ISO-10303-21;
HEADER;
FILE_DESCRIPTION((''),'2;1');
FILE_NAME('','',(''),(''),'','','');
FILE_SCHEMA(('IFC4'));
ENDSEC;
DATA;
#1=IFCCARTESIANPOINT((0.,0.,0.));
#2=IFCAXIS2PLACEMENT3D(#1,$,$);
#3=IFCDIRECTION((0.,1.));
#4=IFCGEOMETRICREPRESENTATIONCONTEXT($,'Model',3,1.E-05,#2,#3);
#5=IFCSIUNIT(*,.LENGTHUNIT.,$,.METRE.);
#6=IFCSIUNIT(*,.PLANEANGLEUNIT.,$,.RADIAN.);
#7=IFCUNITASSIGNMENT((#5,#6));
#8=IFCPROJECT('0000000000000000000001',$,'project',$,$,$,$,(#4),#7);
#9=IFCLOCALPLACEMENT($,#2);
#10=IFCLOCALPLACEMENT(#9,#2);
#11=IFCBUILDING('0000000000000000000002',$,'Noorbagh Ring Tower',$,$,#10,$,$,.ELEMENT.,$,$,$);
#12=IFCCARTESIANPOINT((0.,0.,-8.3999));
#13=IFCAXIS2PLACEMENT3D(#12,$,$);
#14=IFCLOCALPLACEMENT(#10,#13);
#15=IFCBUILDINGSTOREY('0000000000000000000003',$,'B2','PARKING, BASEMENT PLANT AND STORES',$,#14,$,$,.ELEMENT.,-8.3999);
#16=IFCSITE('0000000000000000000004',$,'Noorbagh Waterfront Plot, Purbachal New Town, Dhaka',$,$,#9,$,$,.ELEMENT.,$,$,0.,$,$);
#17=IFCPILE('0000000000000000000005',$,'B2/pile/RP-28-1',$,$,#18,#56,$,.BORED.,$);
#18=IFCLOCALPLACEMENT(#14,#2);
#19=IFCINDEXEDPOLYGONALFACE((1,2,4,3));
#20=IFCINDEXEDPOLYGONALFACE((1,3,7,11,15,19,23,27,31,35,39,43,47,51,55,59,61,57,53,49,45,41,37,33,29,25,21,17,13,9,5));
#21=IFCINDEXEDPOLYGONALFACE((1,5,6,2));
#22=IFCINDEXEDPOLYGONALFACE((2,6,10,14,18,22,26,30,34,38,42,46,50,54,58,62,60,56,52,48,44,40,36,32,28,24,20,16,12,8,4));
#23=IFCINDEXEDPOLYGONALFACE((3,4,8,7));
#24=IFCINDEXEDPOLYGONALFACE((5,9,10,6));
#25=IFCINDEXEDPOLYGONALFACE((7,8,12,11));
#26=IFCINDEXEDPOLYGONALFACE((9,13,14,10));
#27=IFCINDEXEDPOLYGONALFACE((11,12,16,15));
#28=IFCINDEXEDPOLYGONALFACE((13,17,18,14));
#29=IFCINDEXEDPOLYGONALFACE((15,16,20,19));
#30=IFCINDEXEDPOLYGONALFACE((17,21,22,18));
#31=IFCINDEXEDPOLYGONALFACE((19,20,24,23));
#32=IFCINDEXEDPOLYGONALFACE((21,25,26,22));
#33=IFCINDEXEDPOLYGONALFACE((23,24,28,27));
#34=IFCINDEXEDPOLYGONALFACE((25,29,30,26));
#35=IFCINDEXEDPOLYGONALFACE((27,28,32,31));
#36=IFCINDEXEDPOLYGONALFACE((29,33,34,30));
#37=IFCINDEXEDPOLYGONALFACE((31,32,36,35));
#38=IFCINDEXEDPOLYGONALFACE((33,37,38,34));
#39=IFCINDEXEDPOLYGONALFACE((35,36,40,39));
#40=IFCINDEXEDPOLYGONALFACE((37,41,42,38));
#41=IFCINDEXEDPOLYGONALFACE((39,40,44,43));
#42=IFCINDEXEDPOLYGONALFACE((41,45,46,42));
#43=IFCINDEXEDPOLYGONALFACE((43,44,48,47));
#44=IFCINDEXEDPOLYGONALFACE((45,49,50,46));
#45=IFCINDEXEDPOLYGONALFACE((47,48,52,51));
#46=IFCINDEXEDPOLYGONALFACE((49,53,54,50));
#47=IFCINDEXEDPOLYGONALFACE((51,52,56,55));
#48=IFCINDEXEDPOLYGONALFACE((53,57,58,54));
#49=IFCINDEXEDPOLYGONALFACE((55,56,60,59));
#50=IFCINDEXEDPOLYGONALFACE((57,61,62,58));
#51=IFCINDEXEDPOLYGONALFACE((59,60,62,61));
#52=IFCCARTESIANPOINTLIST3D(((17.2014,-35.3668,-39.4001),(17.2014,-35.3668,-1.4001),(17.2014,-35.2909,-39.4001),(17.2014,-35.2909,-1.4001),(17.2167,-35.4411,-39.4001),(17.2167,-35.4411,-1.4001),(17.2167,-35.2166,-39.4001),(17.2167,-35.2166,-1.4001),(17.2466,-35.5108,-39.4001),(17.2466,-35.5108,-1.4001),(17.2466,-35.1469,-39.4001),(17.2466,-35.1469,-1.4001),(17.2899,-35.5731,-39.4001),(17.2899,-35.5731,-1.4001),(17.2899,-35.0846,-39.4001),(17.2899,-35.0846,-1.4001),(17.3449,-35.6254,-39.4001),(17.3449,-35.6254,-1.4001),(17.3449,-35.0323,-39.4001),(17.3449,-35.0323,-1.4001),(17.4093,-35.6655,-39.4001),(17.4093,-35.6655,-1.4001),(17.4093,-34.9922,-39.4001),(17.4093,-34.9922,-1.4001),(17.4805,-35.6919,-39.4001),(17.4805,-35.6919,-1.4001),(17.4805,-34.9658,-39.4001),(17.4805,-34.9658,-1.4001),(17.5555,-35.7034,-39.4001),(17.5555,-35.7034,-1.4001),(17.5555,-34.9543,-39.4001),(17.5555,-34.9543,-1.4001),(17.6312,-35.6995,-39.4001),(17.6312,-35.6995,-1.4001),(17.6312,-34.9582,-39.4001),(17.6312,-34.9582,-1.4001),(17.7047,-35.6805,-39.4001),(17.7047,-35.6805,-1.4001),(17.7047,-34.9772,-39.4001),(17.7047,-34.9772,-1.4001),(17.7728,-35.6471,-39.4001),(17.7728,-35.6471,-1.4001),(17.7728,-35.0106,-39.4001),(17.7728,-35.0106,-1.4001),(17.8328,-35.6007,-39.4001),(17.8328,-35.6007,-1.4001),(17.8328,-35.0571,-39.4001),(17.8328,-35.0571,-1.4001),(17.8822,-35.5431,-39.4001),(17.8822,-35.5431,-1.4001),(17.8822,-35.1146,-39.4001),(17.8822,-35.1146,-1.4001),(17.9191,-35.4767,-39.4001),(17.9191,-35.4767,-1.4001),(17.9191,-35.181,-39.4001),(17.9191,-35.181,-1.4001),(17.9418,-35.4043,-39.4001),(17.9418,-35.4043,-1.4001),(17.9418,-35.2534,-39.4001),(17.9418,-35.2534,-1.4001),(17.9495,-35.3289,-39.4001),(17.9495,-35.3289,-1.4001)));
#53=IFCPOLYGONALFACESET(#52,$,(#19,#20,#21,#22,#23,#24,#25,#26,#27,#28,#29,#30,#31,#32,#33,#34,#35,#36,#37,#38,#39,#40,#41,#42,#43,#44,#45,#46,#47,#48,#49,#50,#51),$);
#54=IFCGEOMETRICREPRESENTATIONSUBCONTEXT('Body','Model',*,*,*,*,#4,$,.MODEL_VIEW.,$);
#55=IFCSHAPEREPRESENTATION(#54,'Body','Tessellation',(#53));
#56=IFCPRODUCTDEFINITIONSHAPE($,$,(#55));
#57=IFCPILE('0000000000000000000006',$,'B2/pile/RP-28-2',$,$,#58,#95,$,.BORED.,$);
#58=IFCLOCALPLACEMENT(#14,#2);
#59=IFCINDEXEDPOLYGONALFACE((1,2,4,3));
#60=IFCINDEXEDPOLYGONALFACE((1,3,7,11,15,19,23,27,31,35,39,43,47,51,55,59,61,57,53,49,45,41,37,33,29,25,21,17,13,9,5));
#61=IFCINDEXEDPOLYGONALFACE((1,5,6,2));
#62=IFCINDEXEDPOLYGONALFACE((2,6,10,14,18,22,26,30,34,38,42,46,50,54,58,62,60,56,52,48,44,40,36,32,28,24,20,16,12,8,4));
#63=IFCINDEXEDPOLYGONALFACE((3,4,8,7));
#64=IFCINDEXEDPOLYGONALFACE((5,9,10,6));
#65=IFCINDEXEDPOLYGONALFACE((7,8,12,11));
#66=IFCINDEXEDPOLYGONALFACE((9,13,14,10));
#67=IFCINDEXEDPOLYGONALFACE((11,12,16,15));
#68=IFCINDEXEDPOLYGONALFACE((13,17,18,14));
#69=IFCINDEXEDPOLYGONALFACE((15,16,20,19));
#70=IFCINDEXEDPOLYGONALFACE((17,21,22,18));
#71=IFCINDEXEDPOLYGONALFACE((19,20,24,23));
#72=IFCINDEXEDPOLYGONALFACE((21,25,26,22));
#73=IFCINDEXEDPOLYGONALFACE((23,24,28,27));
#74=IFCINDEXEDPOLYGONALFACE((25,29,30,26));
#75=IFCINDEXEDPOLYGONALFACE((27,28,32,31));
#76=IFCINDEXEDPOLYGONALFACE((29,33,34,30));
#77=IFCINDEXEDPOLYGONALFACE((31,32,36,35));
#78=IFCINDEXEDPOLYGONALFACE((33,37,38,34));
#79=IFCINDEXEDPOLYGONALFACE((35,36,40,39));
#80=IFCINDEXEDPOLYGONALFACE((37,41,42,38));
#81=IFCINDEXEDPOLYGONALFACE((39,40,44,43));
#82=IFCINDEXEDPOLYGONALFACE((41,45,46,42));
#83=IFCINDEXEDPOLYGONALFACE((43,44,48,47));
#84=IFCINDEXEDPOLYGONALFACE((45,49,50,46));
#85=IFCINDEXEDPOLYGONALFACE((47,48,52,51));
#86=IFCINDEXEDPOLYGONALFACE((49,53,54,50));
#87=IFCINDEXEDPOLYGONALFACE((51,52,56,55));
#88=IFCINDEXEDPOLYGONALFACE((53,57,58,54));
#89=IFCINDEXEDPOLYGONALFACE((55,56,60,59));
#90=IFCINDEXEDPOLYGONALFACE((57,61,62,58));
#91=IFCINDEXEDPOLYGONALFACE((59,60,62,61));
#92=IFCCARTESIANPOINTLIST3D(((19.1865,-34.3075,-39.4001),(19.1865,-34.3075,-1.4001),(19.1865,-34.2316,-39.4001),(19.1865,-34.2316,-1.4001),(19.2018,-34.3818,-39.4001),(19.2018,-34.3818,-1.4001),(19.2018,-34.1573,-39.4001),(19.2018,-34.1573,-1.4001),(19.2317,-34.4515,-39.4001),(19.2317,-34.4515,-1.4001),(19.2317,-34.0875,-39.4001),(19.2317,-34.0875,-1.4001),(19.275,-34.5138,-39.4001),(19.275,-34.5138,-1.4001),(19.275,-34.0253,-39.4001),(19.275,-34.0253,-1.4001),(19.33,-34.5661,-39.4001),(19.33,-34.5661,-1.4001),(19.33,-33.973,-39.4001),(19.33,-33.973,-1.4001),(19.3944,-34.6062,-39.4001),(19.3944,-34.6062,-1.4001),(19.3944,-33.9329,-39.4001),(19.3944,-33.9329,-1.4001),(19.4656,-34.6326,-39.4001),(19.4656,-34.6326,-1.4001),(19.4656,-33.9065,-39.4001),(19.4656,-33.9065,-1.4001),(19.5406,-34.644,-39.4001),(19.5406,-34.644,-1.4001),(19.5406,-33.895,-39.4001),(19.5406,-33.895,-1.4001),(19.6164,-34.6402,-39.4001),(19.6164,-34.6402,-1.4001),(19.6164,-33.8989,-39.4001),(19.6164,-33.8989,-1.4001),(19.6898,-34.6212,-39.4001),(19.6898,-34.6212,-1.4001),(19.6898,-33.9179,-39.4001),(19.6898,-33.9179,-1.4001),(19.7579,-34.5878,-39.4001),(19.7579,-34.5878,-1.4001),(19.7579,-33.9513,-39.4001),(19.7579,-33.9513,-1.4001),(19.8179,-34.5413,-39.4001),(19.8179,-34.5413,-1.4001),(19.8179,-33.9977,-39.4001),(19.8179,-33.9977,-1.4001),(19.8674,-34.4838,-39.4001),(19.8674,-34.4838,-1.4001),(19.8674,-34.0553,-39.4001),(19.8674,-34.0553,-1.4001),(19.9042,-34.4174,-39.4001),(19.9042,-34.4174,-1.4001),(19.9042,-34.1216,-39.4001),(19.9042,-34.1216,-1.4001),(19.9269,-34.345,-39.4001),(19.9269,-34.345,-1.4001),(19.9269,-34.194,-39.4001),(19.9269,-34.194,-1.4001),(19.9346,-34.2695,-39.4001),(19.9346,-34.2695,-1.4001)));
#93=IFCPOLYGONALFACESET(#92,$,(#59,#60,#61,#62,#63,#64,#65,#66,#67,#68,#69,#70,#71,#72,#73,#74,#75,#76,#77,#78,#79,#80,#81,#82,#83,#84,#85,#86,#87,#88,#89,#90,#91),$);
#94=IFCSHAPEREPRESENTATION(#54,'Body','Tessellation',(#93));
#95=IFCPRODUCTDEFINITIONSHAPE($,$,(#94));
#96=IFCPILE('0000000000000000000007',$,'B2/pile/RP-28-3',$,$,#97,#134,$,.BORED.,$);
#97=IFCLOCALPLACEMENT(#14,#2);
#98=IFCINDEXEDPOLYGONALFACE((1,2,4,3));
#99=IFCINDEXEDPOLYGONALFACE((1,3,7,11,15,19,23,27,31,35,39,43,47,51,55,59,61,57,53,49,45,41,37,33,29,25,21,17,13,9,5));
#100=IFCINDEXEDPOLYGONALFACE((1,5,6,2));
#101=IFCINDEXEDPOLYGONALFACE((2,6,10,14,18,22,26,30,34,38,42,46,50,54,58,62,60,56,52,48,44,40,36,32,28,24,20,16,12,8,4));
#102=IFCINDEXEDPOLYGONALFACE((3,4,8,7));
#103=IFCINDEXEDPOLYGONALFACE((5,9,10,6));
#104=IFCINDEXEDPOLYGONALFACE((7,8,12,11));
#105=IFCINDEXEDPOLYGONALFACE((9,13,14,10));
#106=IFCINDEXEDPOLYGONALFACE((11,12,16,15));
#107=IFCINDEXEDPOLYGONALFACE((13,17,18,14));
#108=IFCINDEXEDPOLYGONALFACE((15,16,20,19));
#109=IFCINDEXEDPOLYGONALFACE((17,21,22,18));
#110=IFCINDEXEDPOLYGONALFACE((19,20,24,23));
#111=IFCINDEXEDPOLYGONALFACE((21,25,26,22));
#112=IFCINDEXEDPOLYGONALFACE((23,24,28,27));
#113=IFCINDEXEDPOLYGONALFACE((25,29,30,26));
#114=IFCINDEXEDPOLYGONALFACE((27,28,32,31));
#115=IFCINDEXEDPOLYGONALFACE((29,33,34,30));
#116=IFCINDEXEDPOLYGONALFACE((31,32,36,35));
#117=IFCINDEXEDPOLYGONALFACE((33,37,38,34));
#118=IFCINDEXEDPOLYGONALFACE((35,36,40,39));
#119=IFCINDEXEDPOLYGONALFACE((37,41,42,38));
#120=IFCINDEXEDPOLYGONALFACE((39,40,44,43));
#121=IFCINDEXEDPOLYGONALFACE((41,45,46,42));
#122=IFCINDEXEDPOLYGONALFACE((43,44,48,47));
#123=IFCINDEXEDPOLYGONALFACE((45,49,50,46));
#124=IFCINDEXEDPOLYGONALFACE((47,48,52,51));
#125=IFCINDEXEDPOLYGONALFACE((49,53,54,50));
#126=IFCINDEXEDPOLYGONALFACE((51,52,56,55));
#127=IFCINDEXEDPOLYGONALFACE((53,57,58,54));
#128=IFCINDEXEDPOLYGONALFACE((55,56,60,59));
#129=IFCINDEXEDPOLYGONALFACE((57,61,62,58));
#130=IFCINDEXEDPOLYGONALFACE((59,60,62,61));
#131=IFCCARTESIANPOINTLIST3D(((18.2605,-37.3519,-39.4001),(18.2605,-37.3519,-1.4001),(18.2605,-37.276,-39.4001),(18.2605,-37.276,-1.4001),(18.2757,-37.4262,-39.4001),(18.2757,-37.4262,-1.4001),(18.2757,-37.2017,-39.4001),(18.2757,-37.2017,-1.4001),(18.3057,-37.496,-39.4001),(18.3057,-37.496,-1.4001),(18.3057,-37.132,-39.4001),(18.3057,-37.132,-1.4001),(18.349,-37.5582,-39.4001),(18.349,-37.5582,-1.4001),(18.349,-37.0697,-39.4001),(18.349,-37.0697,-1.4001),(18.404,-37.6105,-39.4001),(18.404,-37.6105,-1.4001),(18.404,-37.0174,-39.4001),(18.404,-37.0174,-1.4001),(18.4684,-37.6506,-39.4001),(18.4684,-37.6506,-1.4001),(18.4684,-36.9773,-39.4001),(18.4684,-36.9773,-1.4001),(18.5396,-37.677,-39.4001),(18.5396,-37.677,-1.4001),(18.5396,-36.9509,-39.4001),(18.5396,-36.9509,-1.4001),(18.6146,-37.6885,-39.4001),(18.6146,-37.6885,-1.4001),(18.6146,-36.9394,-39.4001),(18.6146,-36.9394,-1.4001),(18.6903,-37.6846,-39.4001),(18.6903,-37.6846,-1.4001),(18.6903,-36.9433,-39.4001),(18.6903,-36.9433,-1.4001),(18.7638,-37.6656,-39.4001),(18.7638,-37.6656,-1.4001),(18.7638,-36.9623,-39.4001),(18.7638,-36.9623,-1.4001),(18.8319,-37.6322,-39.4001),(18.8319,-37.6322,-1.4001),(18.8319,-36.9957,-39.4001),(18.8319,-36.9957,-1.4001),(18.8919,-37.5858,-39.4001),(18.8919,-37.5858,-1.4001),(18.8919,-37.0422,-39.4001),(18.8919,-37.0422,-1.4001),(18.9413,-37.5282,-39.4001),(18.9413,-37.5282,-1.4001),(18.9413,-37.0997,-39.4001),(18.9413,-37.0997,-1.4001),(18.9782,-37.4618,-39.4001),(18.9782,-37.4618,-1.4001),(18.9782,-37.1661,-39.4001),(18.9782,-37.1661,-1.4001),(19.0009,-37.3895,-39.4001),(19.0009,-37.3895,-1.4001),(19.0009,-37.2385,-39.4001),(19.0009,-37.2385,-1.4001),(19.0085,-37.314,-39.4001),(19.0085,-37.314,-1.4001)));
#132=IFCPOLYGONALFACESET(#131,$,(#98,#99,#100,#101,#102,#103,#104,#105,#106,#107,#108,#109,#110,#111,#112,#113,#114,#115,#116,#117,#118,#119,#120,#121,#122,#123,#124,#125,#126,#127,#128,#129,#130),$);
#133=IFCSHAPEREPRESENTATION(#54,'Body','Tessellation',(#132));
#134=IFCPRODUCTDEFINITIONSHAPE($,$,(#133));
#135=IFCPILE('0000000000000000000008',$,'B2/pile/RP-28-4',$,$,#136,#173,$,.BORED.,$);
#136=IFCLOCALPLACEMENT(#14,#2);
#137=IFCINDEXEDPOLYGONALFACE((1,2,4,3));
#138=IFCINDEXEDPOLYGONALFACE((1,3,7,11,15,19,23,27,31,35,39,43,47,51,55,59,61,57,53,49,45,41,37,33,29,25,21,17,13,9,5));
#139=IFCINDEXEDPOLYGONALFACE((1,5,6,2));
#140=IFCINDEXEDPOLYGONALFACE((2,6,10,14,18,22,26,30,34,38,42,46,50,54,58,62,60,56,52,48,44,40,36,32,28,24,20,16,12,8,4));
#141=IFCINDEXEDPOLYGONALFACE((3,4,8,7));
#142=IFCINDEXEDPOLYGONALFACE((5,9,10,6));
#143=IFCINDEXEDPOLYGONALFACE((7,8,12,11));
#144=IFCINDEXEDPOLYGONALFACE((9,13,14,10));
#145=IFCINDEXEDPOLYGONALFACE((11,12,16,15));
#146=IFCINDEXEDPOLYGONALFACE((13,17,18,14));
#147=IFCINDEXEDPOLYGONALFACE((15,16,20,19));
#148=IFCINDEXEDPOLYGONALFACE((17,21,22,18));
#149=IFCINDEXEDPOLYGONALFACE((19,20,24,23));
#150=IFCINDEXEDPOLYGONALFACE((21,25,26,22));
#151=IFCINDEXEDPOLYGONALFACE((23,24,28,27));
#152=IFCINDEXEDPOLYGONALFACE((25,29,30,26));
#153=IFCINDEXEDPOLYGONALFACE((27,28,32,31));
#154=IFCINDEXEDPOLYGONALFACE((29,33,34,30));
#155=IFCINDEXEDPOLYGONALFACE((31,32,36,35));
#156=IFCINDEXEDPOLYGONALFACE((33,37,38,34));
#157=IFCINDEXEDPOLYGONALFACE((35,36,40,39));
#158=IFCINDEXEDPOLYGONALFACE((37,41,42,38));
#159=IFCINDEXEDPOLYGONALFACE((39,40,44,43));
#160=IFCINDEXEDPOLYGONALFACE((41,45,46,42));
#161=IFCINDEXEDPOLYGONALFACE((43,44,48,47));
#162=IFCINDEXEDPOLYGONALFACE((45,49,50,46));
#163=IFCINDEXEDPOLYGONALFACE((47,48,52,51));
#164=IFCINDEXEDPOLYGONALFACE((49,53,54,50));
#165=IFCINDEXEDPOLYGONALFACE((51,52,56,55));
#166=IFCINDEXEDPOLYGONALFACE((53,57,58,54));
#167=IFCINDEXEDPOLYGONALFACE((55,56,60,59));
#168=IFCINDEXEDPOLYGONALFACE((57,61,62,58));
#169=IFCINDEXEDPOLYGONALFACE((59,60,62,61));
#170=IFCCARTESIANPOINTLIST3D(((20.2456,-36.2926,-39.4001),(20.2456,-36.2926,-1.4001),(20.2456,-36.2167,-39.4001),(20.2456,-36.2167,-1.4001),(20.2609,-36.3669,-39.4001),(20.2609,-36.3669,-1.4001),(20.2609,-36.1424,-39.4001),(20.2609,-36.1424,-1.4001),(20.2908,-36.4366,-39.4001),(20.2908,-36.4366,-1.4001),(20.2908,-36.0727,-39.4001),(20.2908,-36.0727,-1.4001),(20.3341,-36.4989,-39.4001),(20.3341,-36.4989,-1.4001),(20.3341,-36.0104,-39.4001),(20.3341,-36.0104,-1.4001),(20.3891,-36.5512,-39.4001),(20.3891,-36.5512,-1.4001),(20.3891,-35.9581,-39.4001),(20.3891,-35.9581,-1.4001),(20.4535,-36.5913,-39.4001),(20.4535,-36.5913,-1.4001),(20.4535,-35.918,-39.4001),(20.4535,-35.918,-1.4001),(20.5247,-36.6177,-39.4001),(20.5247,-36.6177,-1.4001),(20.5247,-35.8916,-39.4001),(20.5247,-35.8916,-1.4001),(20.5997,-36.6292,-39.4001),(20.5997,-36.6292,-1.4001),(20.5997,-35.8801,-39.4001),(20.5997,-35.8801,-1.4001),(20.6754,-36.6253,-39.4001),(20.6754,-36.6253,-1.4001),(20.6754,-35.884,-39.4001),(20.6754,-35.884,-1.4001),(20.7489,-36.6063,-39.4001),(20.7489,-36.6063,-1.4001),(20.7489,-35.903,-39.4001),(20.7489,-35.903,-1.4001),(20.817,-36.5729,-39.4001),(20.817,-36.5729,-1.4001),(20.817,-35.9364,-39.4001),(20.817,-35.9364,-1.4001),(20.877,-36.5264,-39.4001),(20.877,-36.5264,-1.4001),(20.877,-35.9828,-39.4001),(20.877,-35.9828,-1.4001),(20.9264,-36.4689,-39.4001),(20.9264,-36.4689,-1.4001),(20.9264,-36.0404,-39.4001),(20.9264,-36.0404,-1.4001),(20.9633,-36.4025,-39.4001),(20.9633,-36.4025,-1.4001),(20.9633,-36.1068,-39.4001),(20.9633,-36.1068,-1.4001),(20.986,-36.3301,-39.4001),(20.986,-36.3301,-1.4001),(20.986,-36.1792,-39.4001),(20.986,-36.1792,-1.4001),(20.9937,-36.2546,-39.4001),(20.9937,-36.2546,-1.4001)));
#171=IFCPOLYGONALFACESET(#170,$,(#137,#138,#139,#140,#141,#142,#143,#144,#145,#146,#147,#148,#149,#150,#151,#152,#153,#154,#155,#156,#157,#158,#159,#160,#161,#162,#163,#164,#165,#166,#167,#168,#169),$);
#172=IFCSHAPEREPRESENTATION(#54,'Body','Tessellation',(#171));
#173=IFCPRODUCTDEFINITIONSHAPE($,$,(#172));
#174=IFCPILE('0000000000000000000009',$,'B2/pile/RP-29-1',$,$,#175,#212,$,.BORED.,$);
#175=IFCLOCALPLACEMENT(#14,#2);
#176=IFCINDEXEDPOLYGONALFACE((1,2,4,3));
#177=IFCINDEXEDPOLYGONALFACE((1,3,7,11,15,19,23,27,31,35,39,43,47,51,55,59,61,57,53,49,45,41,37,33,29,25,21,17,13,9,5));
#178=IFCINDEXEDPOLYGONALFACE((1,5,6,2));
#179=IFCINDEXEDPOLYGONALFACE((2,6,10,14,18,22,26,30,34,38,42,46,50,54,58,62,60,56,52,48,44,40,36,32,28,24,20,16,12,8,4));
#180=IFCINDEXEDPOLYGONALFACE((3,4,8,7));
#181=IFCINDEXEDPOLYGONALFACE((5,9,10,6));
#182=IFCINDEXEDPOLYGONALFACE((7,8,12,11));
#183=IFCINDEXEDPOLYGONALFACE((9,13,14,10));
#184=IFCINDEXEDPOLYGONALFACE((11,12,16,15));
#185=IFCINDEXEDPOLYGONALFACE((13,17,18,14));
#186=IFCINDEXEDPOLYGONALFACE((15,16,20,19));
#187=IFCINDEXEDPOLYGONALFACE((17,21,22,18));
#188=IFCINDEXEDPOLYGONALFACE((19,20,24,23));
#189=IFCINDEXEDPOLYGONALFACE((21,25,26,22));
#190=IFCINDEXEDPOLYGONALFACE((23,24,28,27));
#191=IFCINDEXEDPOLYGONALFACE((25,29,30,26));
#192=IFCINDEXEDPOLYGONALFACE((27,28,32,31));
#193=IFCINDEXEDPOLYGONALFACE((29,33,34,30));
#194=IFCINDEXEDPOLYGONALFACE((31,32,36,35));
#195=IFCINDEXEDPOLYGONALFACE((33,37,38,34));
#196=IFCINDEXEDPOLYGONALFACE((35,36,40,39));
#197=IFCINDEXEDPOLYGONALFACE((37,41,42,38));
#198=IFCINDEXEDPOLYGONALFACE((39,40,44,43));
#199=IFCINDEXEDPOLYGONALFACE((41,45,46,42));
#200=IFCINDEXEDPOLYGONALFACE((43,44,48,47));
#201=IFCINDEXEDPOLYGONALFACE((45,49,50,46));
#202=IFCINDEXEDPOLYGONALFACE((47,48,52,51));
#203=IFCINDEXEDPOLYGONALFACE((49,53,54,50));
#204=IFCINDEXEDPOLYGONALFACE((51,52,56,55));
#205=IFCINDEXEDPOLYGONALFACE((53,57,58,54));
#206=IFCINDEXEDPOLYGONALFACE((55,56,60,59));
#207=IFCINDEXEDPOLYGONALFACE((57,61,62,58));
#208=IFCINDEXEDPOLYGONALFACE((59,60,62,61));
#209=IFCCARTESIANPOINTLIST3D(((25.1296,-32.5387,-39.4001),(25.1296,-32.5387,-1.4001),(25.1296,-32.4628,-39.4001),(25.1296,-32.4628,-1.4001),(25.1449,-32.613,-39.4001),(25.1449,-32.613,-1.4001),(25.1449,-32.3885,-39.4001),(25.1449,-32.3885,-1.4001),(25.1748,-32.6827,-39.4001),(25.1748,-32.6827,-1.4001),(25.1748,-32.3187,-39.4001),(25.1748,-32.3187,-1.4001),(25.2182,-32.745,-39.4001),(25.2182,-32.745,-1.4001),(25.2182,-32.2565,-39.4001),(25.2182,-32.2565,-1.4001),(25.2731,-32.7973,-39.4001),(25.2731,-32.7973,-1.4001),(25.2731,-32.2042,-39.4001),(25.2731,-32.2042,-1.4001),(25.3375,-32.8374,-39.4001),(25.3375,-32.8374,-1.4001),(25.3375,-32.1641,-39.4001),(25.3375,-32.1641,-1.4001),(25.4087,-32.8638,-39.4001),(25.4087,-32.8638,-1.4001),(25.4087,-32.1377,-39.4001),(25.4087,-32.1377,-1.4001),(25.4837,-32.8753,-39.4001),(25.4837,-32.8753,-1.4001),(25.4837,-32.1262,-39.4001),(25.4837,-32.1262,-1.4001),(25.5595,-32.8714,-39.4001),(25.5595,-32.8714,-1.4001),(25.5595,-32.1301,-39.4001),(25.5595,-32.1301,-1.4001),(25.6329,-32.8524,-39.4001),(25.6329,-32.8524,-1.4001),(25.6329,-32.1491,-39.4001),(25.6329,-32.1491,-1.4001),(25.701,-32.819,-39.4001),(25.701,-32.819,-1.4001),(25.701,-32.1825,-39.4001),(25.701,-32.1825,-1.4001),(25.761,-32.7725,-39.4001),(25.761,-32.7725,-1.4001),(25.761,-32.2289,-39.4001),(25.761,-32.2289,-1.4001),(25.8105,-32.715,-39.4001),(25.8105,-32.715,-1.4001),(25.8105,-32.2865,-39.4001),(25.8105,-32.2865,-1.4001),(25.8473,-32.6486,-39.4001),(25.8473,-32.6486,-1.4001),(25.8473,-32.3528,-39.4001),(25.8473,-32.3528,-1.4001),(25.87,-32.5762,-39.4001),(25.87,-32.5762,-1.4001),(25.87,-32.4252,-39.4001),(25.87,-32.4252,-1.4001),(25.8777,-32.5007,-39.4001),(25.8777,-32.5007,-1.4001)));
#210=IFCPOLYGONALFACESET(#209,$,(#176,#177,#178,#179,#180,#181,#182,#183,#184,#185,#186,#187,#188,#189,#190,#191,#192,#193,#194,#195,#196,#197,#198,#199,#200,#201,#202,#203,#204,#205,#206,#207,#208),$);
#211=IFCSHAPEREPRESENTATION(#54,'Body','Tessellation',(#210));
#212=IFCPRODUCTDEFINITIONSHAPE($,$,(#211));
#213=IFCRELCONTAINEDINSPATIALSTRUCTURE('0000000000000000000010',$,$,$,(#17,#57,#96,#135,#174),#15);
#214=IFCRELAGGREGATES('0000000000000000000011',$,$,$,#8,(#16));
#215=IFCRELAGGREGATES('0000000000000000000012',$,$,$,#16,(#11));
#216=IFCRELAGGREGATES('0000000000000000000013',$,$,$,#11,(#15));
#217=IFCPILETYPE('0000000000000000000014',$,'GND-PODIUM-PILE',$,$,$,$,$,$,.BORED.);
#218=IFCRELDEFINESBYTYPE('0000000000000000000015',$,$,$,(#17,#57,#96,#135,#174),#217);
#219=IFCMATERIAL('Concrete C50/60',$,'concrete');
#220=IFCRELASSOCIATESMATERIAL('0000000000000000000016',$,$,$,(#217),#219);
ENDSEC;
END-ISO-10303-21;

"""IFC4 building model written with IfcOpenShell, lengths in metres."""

from ifc_helpers import new_model, si_unit, direction, frame, origin, origin_2d, place, context, subcontext, project, spatial, circle, extrude, material, material_profile, profile_set, type_object, element, save


model = new_model("IFC4")

# Units and contexts
model_context = context("Model", 3, precision=1e-05, world=origin(), true_north=direction((0.0, 1.0)))
body_context = subcontext(model_context, "Body", "Model", "MODEL_VIEW")
ifc_project = project(units=[si_unit("LENGTHUNIT", "METRE"), si_unit("PLANEANGLEUNIT", "RADIAN")], contexts=[model_context])

# Site, building, storey
site_placement = place(None, origin())
site = spatial("IfcSite", under=ifc_project, at=site_placement, Name="Noorbagh Waterfront Plot, Purbachal New Town, Dhaka", CompositionType="ELEMENT", RefElevation=0.0)
building_placement = place(site_placement, origin())
building = spatial("IfcBuilding", under=site, at=building_placement, Name="Noorbagh Ring Tower", CompositionType="ELEMENT")
storey_placement = place(building_placement, frame((0.0, 0.0, -8.3999)))
storey = spatial("IfcBuildingStorey", under=building, at=storey_placement, Name="B2", Description="PARKING, BASEMENT PLANT AND STORES", CompositionType="ELEMENT", Elevation=-8.3999)

# Piles
ifc_material_1 = material(Name="Concrete C50/60", Category="concrete")
ifc_material_profile_1 = material_profile(ifc_material_1, circle(Radius=0.375, at=origin_2d()), Name="PILE750")
ifc_profile_set_1 = profile_set([ifc_material_profile_1], Name="Concrete C50/60")
pile_type_1 = type_object("IfcPileType", Name="GND-PODIUM-PILE", PredefinedType="BORED", material=ifc_profile_set_1)
for number, where, z_axis, x_axis, name in (
    (1, (17.5745, -35.3289, -1.4001), (0.0, 0.0, -1.0), (1.0, 0.0, 0.0), "B2/pile/RP-28-1"),
    (2, (19.5596, -34.2695, -1.4001), (0.0, 0.0, -1.0), (1.0, 0.0, 0.0), "B2/pile/RP-28-2"),
    (3, (18.6335, -37.314, -1.4001), (0.0, 0.0, -1.0), (1.0, 0.0, 0.0), "B2/pile/RP-28-3"),
    (4, (20.6187, -36.2546, -1.4001), (0.0, 0.0, -1.0), (1.0, 0.0, 0.0), "B2/pile/RP-28-4"),
    (5, (25.5027, -32.5007, -1.4001), (0.0, 0.0, -1.0), (1.0, 0.0, 0.0), "B2/pile/RP-29-1"),
):
    element("IfcPile", number, at=place(storey_placement, frame(where, z_axis=z_axis, x_axis=x_axis)), inside=storey, type_object=pile_type_1, Name=name, PredefinedType="BORED", context=body_context, shape_type="SweptSolid", body=[
        extrude(circle(Radius=0.375, at=origin_2d()), origin(), (0.0, 0.0, 1.0), 38.0),
    ])

save(model, "model.ifc")
